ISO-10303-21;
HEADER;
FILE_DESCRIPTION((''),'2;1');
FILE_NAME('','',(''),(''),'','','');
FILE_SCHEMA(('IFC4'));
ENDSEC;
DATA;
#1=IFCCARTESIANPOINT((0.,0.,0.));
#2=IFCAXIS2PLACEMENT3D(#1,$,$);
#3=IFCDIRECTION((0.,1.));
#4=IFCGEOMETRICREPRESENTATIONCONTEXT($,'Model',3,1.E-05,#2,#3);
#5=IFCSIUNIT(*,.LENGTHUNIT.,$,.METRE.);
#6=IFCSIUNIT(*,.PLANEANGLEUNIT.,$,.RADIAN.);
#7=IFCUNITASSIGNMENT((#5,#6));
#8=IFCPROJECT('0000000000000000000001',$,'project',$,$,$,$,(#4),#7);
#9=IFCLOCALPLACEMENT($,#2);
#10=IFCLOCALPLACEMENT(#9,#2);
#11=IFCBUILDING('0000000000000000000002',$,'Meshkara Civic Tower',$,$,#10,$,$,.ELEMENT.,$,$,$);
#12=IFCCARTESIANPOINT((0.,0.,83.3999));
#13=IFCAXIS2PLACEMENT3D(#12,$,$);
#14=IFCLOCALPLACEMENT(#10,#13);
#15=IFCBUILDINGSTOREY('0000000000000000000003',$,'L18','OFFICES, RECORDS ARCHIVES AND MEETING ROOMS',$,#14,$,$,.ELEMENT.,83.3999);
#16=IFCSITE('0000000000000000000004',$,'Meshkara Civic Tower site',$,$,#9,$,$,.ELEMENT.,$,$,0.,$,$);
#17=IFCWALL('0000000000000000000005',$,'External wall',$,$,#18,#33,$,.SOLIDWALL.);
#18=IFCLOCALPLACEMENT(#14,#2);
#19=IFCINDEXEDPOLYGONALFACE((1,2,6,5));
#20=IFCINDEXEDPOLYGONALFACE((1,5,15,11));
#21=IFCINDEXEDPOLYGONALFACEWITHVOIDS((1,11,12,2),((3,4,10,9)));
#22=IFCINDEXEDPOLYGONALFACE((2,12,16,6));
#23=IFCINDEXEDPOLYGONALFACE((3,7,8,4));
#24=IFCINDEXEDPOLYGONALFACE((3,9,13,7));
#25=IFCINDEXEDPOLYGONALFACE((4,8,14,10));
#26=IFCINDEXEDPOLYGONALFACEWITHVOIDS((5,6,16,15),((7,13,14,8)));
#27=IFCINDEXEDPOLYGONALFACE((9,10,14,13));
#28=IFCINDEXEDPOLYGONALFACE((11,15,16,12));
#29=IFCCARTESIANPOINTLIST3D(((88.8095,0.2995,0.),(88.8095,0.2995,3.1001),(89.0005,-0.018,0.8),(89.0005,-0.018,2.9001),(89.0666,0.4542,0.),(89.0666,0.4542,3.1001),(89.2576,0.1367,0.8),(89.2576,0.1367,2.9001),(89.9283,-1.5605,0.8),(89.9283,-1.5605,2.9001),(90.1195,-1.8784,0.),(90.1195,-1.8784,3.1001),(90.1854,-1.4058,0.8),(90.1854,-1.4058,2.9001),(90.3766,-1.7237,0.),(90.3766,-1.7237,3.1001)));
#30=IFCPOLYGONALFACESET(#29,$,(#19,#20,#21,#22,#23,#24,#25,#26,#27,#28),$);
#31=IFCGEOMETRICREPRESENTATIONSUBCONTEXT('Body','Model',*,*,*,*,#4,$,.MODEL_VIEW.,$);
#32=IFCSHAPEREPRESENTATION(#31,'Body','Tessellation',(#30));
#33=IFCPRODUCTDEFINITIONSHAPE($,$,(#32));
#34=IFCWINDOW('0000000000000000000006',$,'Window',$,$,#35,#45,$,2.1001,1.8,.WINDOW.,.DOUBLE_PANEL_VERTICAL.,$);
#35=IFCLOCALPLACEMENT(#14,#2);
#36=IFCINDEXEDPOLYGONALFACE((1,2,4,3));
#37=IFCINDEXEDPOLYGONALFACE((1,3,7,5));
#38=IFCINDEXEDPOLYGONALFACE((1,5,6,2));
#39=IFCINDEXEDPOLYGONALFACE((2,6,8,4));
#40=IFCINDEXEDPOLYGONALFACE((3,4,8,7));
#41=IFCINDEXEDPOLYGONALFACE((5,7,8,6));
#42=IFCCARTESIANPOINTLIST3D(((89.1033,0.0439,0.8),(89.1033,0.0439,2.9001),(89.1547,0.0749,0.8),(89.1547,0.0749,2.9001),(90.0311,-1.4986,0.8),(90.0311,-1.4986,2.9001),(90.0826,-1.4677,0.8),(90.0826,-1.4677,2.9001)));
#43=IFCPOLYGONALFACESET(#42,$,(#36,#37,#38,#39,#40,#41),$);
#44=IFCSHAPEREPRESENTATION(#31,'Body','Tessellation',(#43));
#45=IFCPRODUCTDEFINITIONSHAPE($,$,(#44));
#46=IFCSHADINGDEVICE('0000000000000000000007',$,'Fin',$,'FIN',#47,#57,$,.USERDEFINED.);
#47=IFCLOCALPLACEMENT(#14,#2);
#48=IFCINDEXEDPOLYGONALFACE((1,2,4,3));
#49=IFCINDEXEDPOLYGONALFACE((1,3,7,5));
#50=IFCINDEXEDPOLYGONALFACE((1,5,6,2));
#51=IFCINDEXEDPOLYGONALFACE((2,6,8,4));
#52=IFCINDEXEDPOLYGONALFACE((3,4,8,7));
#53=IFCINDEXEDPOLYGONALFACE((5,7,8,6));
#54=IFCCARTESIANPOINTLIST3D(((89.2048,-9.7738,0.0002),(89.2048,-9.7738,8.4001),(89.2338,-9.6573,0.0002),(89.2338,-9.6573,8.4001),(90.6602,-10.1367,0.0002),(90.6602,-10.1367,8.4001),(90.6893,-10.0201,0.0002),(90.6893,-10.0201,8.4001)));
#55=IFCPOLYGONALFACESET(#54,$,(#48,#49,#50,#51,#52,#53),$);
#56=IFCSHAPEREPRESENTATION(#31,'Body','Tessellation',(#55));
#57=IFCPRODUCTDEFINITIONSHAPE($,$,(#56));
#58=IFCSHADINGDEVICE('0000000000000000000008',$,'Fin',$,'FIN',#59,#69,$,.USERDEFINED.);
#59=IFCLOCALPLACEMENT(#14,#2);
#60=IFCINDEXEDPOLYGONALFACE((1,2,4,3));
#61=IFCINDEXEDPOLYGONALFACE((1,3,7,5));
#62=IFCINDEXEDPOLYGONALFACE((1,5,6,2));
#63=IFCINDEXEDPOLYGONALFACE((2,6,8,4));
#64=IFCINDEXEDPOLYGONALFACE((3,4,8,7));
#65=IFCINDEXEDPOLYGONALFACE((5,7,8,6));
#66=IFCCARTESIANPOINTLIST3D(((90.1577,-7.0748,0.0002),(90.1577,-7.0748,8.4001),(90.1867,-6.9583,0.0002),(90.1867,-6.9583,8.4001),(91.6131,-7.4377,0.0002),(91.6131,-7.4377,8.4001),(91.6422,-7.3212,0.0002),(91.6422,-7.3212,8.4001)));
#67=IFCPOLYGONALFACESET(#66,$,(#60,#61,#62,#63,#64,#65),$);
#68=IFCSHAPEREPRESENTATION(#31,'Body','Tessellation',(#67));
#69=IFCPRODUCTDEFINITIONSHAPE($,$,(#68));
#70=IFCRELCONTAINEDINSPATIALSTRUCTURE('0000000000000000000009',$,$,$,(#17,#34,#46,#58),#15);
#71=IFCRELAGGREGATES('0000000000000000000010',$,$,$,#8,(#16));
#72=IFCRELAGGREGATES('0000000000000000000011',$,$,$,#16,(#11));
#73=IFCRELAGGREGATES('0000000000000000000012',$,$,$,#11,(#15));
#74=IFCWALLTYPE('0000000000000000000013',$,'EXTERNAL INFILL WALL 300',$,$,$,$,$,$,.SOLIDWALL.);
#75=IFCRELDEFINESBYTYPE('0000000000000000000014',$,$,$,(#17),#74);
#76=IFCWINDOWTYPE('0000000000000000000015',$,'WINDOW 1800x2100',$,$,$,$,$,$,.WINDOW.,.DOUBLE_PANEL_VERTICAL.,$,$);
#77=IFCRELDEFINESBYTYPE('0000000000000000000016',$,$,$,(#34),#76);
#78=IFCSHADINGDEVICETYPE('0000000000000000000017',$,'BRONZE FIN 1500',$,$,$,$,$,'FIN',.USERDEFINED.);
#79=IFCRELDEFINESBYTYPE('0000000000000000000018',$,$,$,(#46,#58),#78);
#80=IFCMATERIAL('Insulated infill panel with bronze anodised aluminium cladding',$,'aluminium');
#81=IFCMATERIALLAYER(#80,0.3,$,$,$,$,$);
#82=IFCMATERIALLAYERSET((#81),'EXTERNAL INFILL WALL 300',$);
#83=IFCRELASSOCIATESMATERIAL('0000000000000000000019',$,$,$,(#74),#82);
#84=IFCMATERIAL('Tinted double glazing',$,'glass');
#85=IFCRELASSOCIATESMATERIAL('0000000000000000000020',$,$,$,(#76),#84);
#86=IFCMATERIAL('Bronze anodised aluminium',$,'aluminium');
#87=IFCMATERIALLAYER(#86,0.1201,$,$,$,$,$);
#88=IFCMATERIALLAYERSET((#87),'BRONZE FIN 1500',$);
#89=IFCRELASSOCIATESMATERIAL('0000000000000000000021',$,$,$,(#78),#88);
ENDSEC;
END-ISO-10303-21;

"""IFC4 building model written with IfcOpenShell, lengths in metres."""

from ifc_helpers import new_model, si_unit, direction, frame, frame_2d, origin, origin_2d, place, context, subcontext, project, spatial, rectangle, extrude, material, layer, layer_set, type_object, element, fill, save


model = new_model("IFC4")

# Units and contexts
model_context = context("Model", 3, precision=1e-05, world=origin(), true_north=direction((0.0, 1.0)))
body_context = subcontext(model_context, "Body", "Model", "MODEL_VIEW")
ifc_project = project(units=[si_unit("LENGTHUNIT", "METRE"), si_unit("PLANEANGLEUNIT", "RADIAN")], contexts=[model_context])

# Site, building, storey
site_placement = place(None, origin())
site = spatial("IfcSite", under=ifc_project, at=site_placement, Name="Meshkara Civic Tower site", CompositionType="ELEMENT", RefElevation=0.0)
building_placement = place(site_placement, origin())
building = spatial("IfcBuilding", under=site, at=building_placement, Name="Meshkara Civic Tower", CompositionType="ELEMENT")
storey_placement = place(building_placement, frame((0.0, 0.0, 83.3999)))
storey = spatial("IfcBuildingStorey", under=building, at=storey_placement, Name="L18", Description="OFFICES, RECORDS ARCHIVES AND MEETING ROOMS", CompositionType="ELEMENT", Elevation=83.3999)

# Wall, opening, window
ifc_material_1 = material(Name="Insulated infill panel with bronze anodised aluminium cladding", Category="aluminium")
ifc_layer_1 = layer(ifc_material_1, 0.3)
ifc_layer_set_1 = layer_set([ifc_layer_1], Name="EXTERNAL INFILL WALL 300")
wall_type = type_object("IfcWallType", Name="EXTERNAL INFILL WALL 300", PredefinedType="SOLIDWALL", material=ifc_layer_set_1)
ifc_material_2 = material(Name="Tinted double glazing", Category="glass")
window_type_1 = type_object("IfcWindowType", Name="WINDOW 1800x2100", PartitioningType="DOUBLE_PANEL_VERTICAL", PredefinedType="WINDOW", material=ifc_material_2)
wall_1_placement = place(storey_placement, frame((90.248, -1.801, 0.0), z_axis=(0.0, 0.0, 1.0), x_axis=(-0.515442, 0.856925, 0.0)))
wall_1 = element("IfcWall", 1, at=wall_1_placement, inside=storey, type_object=wall_type, Name="External wall", PredefinedType="SOLIDWALL", context=body_context, shape_type="SweptSolid", body=[
    extrude(rectangle(XDim=2.5415, YDim=0.3, at=frame_2d((1.2708, 0.0))), origin(), (0.0, 0.0, 1.0), 3.1001),
])
opening_1_placement = place(wall_1_placement, frame((0.3711, 0.0, 0.8)))
opening_1 = element("IfcOpeningElement", 2, at=opening_1_placement, cuts=wall_1, PredefinedType="OPENING", context=body_context, shape_type="SweptSolid", body=[
    extrude(rectangle(XDim=1.8, YDim=2.1001, at=frame_2d((0.8999, 1.05))), frame((0.0, 0.1599, 0.0), z_axis=(0.0, -1.0, 0.0), x_axis=(1.0, 0.0, 0.0)), (0.0, 0.0, 1.0), 0.3201),
])
window_1_placement = place(opening_1_placement, origin())
window_1 = element("IfcWindow", 3, at=window_1_placement, inside=storey, type_object=window_type_1, Name="Window", OverallHeight=2.1001, OverallWidth=1.8, PartitioningType="DOUBLE_PANEL_VERTICAL", PredefinedType="WINDOW", context=body_context, shape_type="SweptSolid", body=[
    extrude(rectangle(XDim=1.8, YDim=2.1001, at=frame_2d((0.8999, 1.05))), frame((0.0, 0.03, 0.0), z_axis=(0.0, -1.0, 0.0), x_axis=(1.0, 0.0, 0.0)), (0.0, 0.0, 1.0), 0.0601),
])
fill(opening_1, window_1)

# Shading devices
ifc_material_3 = material(Name="Bronze anodised aluminium", Category="aluminium")
ifc_layer_2 = layer(ifc_material_3, 0.1201)
ifc_layer_set_2 = layer_set([ifc_layer_2], Name="BRONZE FIN 1500")
shading_device_type = type_object("IfcShadingDeviceType", Name="BRONZE FIN 1500", ElementType="FIN", PredefinedType="USERDEFINED", material=ifc_layer_set_2)
for number, where, z_axis, x_axis, name in (
    (4, (89.947, -9.897, 0.0002), (0.0, 0.0, 1.0), (0.241922, 0.970296, 0.0), "Fin"),
    (5, (90.8999, -7.198, 0.0002), (0.0, 0.0, 1.0), (0.241922, 0.970296, 0.0), "Fin"),
):
    element("IfcShadingDevice", number, at=place(storey_placement, frame(where, z_axis=z_axis, x_axis=x_axis)), inside=storey, type_object=shading_device_type, Name=name, ObjectType="FIN", PredefinedType="USERDEFINED", context=body_context, shape_type="SweptSolid", body=[
        extrude(rectangle(XDim=0.1201, YDim=1.5, at=origin_2d()), origin(), (0.0, 0.0, 1.0), 8.3999),
    ])

save(model, "model.ifc")
